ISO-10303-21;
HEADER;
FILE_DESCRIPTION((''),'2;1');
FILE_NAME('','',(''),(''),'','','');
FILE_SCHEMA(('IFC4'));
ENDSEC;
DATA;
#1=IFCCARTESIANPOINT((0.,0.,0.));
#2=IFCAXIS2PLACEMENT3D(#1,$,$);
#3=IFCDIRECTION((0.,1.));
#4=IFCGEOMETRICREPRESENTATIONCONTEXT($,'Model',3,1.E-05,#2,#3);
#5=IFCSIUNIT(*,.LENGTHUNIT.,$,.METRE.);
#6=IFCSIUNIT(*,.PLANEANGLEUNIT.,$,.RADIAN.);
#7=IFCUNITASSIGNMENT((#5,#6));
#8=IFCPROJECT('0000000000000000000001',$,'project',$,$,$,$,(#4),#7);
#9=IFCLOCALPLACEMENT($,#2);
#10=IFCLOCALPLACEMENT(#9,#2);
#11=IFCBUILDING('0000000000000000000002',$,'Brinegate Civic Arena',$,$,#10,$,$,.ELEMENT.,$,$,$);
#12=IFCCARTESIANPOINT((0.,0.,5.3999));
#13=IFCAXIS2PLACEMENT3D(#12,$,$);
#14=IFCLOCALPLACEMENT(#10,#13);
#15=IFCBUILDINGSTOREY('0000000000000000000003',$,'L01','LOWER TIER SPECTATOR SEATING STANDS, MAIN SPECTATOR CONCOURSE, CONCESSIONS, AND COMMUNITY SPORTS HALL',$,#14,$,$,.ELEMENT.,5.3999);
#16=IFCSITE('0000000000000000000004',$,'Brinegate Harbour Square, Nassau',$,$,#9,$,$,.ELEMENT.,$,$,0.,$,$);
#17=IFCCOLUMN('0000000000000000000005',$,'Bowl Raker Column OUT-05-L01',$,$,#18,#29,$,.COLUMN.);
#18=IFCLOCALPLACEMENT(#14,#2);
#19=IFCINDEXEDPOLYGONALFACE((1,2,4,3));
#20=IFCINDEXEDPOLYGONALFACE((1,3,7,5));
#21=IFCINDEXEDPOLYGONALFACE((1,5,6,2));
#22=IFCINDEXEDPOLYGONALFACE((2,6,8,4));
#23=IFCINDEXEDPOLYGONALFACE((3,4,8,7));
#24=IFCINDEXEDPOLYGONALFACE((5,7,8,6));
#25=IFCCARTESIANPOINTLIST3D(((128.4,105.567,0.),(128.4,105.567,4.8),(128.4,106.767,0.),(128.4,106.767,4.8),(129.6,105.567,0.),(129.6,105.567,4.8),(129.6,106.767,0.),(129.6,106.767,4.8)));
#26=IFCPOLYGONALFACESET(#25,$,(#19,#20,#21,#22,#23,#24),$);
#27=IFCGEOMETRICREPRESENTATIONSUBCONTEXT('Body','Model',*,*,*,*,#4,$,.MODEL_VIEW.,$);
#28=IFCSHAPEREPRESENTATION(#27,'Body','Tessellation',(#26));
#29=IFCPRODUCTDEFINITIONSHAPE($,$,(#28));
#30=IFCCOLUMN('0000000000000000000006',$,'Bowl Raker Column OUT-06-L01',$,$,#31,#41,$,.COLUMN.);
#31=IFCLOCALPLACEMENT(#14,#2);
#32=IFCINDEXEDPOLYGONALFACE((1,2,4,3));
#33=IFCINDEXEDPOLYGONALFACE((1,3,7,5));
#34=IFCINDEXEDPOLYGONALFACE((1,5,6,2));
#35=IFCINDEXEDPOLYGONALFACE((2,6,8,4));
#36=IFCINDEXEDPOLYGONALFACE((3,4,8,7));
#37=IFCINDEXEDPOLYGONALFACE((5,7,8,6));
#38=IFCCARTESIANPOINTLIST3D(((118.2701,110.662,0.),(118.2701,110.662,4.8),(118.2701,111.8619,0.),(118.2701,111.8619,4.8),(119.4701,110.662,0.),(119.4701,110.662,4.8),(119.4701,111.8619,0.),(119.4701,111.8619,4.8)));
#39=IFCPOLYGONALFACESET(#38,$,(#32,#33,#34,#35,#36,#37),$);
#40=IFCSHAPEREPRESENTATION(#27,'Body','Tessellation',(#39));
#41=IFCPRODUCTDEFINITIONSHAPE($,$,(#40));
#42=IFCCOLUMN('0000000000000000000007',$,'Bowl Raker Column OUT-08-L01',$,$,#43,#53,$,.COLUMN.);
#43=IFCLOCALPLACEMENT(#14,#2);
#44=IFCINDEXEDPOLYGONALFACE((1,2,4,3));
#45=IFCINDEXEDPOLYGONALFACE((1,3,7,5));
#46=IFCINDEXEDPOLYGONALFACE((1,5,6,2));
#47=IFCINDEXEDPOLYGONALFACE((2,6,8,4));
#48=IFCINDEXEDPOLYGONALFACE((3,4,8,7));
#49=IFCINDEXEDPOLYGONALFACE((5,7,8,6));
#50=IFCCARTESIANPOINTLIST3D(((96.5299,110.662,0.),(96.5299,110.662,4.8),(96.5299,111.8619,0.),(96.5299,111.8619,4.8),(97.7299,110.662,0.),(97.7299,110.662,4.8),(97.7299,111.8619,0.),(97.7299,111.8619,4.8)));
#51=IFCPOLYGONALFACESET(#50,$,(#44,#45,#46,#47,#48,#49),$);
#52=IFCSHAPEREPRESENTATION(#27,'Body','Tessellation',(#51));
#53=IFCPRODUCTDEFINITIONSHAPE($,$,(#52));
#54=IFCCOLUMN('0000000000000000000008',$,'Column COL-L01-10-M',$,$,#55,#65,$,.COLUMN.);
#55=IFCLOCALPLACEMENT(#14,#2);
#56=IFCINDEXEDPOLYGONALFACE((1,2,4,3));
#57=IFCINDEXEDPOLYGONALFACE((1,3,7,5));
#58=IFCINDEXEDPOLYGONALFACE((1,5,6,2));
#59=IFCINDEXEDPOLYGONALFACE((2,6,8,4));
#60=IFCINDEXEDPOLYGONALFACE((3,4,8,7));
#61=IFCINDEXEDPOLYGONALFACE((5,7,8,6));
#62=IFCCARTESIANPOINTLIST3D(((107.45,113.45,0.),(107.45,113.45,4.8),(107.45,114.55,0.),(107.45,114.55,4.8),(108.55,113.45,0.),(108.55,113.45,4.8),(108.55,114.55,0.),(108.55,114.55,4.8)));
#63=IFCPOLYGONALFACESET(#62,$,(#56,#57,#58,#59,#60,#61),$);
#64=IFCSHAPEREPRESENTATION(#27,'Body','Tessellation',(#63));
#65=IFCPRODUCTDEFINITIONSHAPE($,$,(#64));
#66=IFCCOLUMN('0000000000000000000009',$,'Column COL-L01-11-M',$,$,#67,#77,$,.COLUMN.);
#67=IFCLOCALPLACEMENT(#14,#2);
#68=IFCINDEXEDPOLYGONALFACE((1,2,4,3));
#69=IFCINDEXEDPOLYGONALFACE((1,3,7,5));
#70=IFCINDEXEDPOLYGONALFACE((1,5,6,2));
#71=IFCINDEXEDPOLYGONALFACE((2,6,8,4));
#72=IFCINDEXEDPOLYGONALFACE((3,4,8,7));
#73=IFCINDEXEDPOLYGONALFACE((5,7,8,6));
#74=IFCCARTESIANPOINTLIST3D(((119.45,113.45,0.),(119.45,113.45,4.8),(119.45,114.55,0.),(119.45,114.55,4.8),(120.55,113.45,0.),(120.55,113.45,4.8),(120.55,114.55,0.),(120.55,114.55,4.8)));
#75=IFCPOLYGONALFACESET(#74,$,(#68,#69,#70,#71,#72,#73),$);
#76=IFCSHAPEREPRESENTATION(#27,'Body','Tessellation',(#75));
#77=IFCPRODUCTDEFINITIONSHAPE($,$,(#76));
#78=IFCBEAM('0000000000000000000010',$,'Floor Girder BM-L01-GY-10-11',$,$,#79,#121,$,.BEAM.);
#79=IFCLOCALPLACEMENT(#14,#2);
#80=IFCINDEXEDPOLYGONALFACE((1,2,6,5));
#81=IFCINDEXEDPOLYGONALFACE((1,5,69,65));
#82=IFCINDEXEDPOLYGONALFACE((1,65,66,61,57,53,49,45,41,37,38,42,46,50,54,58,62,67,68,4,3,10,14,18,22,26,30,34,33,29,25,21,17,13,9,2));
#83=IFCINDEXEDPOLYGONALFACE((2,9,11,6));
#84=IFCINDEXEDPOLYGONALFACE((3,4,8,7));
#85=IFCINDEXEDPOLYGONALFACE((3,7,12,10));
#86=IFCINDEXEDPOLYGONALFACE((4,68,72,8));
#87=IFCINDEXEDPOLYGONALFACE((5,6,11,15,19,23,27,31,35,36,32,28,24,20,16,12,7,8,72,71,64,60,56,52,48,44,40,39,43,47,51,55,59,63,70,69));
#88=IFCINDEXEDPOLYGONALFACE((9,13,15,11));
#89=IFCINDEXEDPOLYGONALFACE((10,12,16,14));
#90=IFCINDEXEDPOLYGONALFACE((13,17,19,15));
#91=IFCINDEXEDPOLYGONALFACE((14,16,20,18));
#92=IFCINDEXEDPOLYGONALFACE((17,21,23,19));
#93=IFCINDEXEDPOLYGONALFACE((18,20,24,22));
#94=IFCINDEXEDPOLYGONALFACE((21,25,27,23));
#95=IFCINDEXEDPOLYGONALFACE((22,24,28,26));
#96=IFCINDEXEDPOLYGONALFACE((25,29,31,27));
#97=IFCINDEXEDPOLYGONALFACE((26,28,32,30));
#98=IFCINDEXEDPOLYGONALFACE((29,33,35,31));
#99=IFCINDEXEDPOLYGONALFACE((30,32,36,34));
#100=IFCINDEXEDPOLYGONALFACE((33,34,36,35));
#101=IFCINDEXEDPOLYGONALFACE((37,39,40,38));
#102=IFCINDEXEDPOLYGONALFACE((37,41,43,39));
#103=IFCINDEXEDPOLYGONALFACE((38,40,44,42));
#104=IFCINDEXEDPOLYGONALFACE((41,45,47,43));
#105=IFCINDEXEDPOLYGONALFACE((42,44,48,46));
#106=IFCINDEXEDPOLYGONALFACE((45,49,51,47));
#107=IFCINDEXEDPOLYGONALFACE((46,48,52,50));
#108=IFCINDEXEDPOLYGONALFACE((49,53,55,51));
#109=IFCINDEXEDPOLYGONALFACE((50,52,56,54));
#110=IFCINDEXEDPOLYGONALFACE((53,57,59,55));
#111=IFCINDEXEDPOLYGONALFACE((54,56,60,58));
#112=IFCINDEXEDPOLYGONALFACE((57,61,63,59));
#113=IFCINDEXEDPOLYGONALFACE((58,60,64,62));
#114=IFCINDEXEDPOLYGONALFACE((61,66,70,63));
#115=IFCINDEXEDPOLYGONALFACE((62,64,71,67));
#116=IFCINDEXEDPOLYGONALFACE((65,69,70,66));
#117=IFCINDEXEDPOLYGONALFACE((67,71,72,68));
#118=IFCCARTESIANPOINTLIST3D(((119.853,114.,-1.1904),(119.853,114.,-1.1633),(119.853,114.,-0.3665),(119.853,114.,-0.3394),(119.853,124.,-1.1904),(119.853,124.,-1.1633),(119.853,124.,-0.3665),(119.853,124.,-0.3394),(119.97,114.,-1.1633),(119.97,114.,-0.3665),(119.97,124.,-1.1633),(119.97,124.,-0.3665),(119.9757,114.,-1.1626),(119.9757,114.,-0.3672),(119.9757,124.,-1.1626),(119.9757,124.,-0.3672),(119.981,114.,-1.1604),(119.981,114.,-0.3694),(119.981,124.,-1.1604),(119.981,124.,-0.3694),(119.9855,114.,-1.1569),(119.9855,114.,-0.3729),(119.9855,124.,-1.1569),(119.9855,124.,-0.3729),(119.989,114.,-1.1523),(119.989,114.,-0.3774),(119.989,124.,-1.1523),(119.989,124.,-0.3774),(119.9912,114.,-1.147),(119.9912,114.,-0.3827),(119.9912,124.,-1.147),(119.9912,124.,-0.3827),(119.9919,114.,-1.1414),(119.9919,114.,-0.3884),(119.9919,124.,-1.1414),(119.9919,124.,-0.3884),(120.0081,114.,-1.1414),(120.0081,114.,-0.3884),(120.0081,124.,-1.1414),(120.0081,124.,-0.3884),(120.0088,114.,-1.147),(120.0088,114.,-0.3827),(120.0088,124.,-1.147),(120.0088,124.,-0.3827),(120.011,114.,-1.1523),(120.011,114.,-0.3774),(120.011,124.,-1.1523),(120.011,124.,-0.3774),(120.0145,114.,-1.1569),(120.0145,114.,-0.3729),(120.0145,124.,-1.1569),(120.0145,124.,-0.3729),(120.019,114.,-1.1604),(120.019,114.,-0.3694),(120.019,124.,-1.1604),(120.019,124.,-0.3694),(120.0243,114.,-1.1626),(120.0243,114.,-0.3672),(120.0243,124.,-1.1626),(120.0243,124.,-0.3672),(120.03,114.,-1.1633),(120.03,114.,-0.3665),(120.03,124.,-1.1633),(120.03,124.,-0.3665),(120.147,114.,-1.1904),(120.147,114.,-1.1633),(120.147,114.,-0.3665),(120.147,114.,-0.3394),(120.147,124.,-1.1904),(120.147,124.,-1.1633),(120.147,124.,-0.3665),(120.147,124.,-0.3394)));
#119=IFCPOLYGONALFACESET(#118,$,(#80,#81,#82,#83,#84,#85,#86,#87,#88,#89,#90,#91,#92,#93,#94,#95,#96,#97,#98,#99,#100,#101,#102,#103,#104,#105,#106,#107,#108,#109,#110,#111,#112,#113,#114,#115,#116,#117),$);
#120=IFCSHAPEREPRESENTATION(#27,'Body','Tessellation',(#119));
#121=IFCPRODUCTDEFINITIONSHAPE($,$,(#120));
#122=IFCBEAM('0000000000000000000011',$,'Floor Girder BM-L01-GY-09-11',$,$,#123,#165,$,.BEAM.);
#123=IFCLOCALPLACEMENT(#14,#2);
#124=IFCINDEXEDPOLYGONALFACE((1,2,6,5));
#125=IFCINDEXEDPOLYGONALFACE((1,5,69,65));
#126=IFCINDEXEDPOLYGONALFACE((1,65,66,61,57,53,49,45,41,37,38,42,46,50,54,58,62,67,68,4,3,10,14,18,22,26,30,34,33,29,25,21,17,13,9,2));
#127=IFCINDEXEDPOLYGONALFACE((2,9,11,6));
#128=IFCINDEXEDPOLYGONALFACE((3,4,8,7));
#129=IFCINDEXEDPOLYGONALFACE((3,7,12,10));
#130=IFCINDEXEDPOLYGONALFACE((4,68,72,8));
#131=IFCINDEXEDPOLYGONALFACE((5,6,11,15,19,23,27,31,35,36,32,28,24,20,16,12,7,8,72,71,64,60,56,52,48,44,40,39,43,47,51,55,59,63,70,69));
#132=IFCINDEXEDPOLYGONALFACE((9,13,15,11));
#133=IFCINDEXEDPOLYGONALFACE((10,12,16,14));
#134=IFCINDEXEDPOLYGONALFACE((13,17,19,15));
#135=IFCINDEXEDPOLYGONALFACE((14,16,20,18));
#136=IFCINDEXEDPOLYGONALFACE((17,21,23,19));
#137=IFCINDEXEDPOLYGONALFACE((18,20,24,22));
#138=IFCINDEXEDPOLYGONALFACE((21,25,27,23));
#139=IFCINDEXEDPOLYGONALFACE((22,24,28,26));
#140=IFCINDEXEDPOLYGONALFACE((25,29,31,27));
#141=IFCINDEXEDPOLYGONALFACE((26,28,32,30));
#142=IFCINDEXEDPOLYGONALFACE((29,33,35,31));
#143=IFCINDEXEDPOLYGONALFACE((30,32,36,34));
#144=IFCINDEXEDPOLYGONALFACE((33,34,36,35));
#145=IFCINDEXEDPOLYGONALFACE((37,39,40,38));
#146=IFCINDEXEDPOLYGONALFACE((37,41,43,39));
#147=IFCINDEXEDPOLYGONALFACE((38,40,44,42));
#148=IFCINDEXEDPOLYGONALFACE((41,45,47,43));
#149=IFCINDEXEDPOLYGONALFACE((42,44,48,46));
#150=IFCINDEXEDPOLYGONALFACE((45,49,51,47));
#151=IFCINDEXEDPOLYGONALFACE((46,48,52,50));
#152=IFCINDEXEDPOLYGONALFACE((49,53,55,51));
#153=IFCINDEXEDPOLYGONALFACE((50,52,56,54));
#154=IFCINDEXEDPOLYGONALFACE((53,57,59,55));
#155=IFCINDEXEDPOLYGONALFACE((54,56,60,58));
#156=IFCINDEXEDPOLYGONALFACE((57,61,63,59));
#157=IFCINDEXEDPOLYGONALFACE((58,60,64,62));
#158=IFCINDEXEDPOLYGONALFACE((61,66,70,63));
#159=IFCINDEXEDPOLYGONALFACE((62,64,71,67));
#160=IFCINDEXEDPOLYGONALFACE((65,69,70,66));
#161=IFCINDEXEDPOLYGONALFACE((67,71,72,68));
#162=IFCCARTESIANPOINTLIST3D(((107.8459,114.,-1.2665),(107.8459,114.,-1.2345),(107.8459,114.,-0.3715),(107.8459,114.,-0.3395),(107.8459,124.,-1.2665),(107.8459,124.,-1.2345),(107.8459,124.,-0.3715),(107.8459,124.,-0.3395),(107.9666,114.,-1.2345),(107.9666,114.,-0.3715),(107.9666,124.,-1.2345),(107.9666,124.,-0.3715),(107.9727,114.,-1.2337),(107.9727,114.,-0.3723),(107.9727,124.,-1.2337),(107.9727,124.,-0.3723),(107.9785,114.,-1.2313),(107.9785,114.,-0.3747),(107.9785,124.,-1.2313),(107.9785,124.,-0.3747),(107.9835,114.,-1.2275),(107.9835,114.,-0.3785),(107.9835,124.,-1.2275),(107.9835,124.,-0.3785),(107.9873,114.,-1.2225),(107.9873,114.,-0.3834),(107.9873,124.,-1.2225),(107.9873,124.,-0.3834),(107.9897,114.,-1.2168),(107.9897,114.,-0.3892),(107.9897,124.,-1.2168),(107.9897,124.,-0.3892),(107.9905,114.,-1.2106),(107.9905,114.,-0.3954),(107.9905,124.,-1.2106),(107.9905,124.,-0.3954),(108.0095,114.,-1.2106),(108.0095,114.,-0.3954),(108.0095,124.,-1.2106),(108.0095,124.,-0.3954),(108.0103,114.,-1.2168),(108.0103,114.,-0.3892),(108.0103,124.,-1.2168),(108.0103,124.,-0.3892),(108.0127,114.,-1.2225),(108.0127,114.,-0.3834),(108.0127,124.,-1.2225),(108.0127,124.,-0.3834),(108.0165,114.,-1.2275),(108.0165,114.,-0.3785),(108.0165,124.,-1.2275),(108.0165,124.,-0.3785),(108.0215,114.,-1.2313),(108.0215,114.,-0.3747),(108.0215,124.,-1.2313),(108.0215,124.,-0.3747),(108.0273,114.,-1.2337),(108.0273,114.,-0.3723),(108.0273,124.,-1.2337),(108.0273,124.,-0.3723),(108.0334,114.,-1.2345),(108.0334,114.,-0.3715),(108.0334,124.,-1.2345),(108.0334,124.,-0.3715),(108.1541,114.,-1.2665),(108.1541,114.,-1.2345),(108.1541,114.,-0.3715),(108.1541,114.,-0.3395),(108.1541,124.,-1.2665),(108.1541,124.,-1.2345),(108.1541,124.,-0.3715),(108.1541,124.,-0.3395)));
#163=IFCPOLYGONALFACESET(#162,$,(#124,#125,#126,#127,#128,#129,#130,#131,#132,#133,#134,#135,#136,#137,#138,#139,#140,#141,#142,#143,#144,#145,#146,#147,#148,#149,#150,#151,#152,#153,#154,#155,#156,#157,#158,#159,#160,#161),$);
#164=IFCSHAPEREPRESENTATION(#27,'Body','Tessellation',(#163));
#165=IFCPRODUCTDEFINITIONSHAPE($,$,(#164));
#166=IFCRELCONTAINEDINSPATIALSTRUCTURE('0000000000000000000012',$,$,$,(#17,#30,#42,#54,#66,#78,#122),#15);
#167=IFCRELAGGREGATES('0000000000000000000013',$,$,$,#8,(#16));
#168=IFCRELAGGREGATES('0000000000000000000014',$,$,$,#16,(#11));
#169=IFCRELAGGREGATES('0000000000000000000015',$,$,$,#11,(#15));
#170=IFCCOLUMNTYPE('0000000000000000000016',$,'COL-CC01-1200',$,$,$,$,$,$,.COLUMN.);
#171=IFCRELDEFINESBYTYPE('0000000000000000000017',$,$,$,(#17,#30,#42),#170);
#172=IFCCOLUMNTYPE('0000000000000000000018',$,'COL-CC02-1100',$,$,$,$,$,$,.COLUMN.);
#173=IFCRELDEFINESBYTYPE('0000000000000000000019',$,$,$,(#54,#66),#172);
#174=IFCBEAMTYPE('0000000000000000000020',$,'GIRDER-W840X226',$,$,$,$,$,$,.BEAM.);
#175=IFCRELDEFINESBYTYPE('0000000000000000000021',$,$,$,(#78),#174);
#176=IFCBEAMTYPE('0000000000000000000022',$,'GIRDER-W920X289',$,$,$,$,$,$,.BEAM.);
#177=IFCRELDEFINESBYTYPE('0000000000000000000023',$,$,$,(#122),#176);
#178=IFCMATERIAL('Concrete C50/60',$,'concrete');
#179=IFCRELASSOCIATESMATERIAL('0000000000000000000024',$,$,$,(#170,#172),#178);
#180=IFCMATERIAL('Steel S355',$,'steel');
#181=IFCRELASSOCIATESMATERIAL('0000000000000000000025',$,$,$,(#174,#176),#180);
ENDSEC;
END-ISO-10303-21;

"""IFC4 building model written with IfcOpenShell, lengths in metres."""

from ifc_helpers import new_model, si_unit, direction, frame, origin, origin_2d, place, context, subcontext, project, spatial, rectangle, i_section, extrude, material, material_profile, profile_set, type_object, element, save


model = new_model("IFC4")

# Units and contexts
model_context = context("Model", 3, precision=1e-05, world=origin(), true_north=direction((0.0, 1.0)))
body_context = subcontext(model_context, "Body", "Model", "MODEL_VIEW")
ifc_project = project(units=[si_unit("LENGTHUNIT", "METRE"), si_unit("PLANEANGLEUNIT", "RADIAN")], contexts=[model_context])

# Site, building, storey
site_placement = place(None, origin())
site = spatial("IfcSite", under=ifc_project, at=site_placement, Name="Brinegate Harbour Square, Nassau", CompositionType="ELEMENT", RefElevation=0.0)
building_placement = place(site_placement, origin())
building = spatial("IfcBuilding", under=site, at=building_placement, Name="Brinegate Civic Arena", CompositionType="ELEMENT")
storey_placement = place(building_placement, frame((0.0, 0.0, 5.3999)))
storey = spatial("IfcBuildingStorey", under=building, at=storey_placement, Name="L01", Description="LOWER TIER SPECTATOR SEATING STANDS, MAIN SPECTATOR CONCOURSE, CONCESSIONS, AND COMMUNITY SPORTS HALL", CompositionType="ELEMENT", Elevation=5.3999)

# Columns
ifc_material_1 = material(Name="Concrete C50/60", Category="concrete")
ifc_material_profile_1 = material_profile(ifc_material_1, rectangle(XDim=1.2, YDim=1.2, at=origin_2d()), Name="RC1200X1200")
ifc_profile_set_1 = profile_set([ifc_material_profile_1], Name="Concrete C50/60")
column_type_1 = type_object("IfcColumnType", Name="COL-CC01-1200", PredefinedType="COLUMN", material=ifc_profile_set_1)
for number, where, z_axis, x_axis, name in (
    (1, (129.0, 106.167, 0.0), (0.0, 0.0, 1.0), (1.0, 0.0, 0.0), "Bowl Raker Column OUT-05-L01"),
    (2, (118.8701, 111.262, 0.0), (0.0, 0.0, 1.0), (1.0, 0.0, 0.0), "Bowl Raker Column OUT-06-L01"),
    (3, (97.1299, 111.262, 0.0), (0.0, 0.0, 1.0), (1.0, 0.0, 0.0), "Bowl Raker Column OUT-08-L01"),
):
    element("IfcColumn", number, at=place(storey_placement, frame(where, z_axis=z_axis, x_axis=x_axis)), inside=storey, type_object=column_type_1, Name=name, PredefinedType="COLUMN", context=body_context, shape_type="SweptSolid", body=[
        extrude(rectangle(XDim=1.2, YDim=1.2, at=origin_2d()), origin(), (0.0, 0.0, 1.0), 4.8),
    ])
ifc_material_profile_2 = material_profile(ifc_material_1, rectangle(XDim=1.1001, YDim=1.1001, at=origin_2d()), Name="RC1100X1100")
ifc_profile_set_2 = profile_set([ifc_material_profile_2], Name="Concrete C50/60")
column_type_2 = type_object("IfcColumnType", Name="COL-CC02-1100", PredefinedType="COLUMN", material=ifc_profile_set_2)
for number, where, z_axis, x_axis, name in (
    (4, (108.0, 114.0, 0.0), (0.0, 0.0, 1.0), (1.0, 0.0, 0.0), "Column COL-L01-10-M"),
    (5, (120.0, 114.0, 0.0), (0.0, 0.0, 1.0), (1.0, 0.0, 0.0), "Column COL-L01-11-M"),
):
    element("IfcColumn", number, at=place(storey_placement, frame(where, z_axis=z_axis, x_axis=x_axis)), inside=storey, type_object=column_type_2, Name=name, PredefinedType="COLUMN", context=body_context, shape_type="SweptSolid", body=[
        extrude(rectangle(XDim=1.1001, YDim=1.1001, at=origin_2d()), origin(), (0.0, 0.0, 1.0), 4.8),
    ])

# Beams
ifc_material_2 = material(Name="Steel S355", Category="steel")
ifc_material_profile_3 = material_profile(ifc_material_2, i_section(OverallWidth=0.2939, OverallDepth=0.8511, WebThickness=0.0161, FlangeThickness=0.0271, FilletRadius=0.022, at=origin_2d()), Name="W840X226")
ifc_profile_set_3 = profile_set([ifc_material_profile_3], Name="Steel S355")
beam_type_1 = type_object("IfcBeamType", Name="GIRDER-W840X226", PredefinedType="BEAM", material=ifc_profile_set_3)
beam_1_placement = place(storey_placement, frame((120.0, 114.0, -0.7649), z_axis=(0.0, 1.0, 0.0), x_axis=(-1.0, 0.0, 0.0)))
element("IfcBeam", 6, at=beam_1_placement, inside=storey, type_object=beam_type_1, Name="Floor Girder BM-L01-GY-10-11", PredefinedType="BEAM", context=body_context, shape_type="SweptSolid", body=[
    extrude(i_section(OverallWidth=0.2939, OverallDepth=0.8511, WebThickness=0.0161, FlangeThickness=0.0271, FilletRadius=0.022, at=origin_2d()), origin(), (0.0, 0.0, 1.0), 10.0),
])
ifc_material_profile_4 = material_profile(ifc_material_2, i_section(OverallWidth=0.3081, OverallDepth=0.927, WebThickness=0.019, FlangeThickness=0.032, FilletRadius=0.0239, at=origin_2d()), Name="W920X289")
ifc_profile_set_4 = profile_set([ifc_material_profile_4], Name="Steel S355")
beam_type_2 = type_object("IfcBeamType", Name="GIRDER-W920X289", PredefinedType="BEAM", material=ifc_profile_set_4)
beam_2_placement = place(storey_placement, frame((108.0, 114.0, -0.803), z_axis=(0.0, 1.0, 0.0), x_axis=(-1.0, 0.0, 0.0)))
element("IfcBeam", 7, at=beam_2_placement, inside=storey, type_object=beam_type_2, Name="Floor Girder BM-L01-GY-09-11", PredefinedType="BEAM", context=body_context, shape_type="SweptSolid", body=[
    extrude(i_section(OverallWidth=0.3081, OverallDepth=0.927, WebThickness=0.019, FlangeThickness=0.032, FilletRadius=0.0239, at=origin_2d()), origin(), (0.0, 0.0, 1.0), 10.0),
])

save(model, "model.ifc")
